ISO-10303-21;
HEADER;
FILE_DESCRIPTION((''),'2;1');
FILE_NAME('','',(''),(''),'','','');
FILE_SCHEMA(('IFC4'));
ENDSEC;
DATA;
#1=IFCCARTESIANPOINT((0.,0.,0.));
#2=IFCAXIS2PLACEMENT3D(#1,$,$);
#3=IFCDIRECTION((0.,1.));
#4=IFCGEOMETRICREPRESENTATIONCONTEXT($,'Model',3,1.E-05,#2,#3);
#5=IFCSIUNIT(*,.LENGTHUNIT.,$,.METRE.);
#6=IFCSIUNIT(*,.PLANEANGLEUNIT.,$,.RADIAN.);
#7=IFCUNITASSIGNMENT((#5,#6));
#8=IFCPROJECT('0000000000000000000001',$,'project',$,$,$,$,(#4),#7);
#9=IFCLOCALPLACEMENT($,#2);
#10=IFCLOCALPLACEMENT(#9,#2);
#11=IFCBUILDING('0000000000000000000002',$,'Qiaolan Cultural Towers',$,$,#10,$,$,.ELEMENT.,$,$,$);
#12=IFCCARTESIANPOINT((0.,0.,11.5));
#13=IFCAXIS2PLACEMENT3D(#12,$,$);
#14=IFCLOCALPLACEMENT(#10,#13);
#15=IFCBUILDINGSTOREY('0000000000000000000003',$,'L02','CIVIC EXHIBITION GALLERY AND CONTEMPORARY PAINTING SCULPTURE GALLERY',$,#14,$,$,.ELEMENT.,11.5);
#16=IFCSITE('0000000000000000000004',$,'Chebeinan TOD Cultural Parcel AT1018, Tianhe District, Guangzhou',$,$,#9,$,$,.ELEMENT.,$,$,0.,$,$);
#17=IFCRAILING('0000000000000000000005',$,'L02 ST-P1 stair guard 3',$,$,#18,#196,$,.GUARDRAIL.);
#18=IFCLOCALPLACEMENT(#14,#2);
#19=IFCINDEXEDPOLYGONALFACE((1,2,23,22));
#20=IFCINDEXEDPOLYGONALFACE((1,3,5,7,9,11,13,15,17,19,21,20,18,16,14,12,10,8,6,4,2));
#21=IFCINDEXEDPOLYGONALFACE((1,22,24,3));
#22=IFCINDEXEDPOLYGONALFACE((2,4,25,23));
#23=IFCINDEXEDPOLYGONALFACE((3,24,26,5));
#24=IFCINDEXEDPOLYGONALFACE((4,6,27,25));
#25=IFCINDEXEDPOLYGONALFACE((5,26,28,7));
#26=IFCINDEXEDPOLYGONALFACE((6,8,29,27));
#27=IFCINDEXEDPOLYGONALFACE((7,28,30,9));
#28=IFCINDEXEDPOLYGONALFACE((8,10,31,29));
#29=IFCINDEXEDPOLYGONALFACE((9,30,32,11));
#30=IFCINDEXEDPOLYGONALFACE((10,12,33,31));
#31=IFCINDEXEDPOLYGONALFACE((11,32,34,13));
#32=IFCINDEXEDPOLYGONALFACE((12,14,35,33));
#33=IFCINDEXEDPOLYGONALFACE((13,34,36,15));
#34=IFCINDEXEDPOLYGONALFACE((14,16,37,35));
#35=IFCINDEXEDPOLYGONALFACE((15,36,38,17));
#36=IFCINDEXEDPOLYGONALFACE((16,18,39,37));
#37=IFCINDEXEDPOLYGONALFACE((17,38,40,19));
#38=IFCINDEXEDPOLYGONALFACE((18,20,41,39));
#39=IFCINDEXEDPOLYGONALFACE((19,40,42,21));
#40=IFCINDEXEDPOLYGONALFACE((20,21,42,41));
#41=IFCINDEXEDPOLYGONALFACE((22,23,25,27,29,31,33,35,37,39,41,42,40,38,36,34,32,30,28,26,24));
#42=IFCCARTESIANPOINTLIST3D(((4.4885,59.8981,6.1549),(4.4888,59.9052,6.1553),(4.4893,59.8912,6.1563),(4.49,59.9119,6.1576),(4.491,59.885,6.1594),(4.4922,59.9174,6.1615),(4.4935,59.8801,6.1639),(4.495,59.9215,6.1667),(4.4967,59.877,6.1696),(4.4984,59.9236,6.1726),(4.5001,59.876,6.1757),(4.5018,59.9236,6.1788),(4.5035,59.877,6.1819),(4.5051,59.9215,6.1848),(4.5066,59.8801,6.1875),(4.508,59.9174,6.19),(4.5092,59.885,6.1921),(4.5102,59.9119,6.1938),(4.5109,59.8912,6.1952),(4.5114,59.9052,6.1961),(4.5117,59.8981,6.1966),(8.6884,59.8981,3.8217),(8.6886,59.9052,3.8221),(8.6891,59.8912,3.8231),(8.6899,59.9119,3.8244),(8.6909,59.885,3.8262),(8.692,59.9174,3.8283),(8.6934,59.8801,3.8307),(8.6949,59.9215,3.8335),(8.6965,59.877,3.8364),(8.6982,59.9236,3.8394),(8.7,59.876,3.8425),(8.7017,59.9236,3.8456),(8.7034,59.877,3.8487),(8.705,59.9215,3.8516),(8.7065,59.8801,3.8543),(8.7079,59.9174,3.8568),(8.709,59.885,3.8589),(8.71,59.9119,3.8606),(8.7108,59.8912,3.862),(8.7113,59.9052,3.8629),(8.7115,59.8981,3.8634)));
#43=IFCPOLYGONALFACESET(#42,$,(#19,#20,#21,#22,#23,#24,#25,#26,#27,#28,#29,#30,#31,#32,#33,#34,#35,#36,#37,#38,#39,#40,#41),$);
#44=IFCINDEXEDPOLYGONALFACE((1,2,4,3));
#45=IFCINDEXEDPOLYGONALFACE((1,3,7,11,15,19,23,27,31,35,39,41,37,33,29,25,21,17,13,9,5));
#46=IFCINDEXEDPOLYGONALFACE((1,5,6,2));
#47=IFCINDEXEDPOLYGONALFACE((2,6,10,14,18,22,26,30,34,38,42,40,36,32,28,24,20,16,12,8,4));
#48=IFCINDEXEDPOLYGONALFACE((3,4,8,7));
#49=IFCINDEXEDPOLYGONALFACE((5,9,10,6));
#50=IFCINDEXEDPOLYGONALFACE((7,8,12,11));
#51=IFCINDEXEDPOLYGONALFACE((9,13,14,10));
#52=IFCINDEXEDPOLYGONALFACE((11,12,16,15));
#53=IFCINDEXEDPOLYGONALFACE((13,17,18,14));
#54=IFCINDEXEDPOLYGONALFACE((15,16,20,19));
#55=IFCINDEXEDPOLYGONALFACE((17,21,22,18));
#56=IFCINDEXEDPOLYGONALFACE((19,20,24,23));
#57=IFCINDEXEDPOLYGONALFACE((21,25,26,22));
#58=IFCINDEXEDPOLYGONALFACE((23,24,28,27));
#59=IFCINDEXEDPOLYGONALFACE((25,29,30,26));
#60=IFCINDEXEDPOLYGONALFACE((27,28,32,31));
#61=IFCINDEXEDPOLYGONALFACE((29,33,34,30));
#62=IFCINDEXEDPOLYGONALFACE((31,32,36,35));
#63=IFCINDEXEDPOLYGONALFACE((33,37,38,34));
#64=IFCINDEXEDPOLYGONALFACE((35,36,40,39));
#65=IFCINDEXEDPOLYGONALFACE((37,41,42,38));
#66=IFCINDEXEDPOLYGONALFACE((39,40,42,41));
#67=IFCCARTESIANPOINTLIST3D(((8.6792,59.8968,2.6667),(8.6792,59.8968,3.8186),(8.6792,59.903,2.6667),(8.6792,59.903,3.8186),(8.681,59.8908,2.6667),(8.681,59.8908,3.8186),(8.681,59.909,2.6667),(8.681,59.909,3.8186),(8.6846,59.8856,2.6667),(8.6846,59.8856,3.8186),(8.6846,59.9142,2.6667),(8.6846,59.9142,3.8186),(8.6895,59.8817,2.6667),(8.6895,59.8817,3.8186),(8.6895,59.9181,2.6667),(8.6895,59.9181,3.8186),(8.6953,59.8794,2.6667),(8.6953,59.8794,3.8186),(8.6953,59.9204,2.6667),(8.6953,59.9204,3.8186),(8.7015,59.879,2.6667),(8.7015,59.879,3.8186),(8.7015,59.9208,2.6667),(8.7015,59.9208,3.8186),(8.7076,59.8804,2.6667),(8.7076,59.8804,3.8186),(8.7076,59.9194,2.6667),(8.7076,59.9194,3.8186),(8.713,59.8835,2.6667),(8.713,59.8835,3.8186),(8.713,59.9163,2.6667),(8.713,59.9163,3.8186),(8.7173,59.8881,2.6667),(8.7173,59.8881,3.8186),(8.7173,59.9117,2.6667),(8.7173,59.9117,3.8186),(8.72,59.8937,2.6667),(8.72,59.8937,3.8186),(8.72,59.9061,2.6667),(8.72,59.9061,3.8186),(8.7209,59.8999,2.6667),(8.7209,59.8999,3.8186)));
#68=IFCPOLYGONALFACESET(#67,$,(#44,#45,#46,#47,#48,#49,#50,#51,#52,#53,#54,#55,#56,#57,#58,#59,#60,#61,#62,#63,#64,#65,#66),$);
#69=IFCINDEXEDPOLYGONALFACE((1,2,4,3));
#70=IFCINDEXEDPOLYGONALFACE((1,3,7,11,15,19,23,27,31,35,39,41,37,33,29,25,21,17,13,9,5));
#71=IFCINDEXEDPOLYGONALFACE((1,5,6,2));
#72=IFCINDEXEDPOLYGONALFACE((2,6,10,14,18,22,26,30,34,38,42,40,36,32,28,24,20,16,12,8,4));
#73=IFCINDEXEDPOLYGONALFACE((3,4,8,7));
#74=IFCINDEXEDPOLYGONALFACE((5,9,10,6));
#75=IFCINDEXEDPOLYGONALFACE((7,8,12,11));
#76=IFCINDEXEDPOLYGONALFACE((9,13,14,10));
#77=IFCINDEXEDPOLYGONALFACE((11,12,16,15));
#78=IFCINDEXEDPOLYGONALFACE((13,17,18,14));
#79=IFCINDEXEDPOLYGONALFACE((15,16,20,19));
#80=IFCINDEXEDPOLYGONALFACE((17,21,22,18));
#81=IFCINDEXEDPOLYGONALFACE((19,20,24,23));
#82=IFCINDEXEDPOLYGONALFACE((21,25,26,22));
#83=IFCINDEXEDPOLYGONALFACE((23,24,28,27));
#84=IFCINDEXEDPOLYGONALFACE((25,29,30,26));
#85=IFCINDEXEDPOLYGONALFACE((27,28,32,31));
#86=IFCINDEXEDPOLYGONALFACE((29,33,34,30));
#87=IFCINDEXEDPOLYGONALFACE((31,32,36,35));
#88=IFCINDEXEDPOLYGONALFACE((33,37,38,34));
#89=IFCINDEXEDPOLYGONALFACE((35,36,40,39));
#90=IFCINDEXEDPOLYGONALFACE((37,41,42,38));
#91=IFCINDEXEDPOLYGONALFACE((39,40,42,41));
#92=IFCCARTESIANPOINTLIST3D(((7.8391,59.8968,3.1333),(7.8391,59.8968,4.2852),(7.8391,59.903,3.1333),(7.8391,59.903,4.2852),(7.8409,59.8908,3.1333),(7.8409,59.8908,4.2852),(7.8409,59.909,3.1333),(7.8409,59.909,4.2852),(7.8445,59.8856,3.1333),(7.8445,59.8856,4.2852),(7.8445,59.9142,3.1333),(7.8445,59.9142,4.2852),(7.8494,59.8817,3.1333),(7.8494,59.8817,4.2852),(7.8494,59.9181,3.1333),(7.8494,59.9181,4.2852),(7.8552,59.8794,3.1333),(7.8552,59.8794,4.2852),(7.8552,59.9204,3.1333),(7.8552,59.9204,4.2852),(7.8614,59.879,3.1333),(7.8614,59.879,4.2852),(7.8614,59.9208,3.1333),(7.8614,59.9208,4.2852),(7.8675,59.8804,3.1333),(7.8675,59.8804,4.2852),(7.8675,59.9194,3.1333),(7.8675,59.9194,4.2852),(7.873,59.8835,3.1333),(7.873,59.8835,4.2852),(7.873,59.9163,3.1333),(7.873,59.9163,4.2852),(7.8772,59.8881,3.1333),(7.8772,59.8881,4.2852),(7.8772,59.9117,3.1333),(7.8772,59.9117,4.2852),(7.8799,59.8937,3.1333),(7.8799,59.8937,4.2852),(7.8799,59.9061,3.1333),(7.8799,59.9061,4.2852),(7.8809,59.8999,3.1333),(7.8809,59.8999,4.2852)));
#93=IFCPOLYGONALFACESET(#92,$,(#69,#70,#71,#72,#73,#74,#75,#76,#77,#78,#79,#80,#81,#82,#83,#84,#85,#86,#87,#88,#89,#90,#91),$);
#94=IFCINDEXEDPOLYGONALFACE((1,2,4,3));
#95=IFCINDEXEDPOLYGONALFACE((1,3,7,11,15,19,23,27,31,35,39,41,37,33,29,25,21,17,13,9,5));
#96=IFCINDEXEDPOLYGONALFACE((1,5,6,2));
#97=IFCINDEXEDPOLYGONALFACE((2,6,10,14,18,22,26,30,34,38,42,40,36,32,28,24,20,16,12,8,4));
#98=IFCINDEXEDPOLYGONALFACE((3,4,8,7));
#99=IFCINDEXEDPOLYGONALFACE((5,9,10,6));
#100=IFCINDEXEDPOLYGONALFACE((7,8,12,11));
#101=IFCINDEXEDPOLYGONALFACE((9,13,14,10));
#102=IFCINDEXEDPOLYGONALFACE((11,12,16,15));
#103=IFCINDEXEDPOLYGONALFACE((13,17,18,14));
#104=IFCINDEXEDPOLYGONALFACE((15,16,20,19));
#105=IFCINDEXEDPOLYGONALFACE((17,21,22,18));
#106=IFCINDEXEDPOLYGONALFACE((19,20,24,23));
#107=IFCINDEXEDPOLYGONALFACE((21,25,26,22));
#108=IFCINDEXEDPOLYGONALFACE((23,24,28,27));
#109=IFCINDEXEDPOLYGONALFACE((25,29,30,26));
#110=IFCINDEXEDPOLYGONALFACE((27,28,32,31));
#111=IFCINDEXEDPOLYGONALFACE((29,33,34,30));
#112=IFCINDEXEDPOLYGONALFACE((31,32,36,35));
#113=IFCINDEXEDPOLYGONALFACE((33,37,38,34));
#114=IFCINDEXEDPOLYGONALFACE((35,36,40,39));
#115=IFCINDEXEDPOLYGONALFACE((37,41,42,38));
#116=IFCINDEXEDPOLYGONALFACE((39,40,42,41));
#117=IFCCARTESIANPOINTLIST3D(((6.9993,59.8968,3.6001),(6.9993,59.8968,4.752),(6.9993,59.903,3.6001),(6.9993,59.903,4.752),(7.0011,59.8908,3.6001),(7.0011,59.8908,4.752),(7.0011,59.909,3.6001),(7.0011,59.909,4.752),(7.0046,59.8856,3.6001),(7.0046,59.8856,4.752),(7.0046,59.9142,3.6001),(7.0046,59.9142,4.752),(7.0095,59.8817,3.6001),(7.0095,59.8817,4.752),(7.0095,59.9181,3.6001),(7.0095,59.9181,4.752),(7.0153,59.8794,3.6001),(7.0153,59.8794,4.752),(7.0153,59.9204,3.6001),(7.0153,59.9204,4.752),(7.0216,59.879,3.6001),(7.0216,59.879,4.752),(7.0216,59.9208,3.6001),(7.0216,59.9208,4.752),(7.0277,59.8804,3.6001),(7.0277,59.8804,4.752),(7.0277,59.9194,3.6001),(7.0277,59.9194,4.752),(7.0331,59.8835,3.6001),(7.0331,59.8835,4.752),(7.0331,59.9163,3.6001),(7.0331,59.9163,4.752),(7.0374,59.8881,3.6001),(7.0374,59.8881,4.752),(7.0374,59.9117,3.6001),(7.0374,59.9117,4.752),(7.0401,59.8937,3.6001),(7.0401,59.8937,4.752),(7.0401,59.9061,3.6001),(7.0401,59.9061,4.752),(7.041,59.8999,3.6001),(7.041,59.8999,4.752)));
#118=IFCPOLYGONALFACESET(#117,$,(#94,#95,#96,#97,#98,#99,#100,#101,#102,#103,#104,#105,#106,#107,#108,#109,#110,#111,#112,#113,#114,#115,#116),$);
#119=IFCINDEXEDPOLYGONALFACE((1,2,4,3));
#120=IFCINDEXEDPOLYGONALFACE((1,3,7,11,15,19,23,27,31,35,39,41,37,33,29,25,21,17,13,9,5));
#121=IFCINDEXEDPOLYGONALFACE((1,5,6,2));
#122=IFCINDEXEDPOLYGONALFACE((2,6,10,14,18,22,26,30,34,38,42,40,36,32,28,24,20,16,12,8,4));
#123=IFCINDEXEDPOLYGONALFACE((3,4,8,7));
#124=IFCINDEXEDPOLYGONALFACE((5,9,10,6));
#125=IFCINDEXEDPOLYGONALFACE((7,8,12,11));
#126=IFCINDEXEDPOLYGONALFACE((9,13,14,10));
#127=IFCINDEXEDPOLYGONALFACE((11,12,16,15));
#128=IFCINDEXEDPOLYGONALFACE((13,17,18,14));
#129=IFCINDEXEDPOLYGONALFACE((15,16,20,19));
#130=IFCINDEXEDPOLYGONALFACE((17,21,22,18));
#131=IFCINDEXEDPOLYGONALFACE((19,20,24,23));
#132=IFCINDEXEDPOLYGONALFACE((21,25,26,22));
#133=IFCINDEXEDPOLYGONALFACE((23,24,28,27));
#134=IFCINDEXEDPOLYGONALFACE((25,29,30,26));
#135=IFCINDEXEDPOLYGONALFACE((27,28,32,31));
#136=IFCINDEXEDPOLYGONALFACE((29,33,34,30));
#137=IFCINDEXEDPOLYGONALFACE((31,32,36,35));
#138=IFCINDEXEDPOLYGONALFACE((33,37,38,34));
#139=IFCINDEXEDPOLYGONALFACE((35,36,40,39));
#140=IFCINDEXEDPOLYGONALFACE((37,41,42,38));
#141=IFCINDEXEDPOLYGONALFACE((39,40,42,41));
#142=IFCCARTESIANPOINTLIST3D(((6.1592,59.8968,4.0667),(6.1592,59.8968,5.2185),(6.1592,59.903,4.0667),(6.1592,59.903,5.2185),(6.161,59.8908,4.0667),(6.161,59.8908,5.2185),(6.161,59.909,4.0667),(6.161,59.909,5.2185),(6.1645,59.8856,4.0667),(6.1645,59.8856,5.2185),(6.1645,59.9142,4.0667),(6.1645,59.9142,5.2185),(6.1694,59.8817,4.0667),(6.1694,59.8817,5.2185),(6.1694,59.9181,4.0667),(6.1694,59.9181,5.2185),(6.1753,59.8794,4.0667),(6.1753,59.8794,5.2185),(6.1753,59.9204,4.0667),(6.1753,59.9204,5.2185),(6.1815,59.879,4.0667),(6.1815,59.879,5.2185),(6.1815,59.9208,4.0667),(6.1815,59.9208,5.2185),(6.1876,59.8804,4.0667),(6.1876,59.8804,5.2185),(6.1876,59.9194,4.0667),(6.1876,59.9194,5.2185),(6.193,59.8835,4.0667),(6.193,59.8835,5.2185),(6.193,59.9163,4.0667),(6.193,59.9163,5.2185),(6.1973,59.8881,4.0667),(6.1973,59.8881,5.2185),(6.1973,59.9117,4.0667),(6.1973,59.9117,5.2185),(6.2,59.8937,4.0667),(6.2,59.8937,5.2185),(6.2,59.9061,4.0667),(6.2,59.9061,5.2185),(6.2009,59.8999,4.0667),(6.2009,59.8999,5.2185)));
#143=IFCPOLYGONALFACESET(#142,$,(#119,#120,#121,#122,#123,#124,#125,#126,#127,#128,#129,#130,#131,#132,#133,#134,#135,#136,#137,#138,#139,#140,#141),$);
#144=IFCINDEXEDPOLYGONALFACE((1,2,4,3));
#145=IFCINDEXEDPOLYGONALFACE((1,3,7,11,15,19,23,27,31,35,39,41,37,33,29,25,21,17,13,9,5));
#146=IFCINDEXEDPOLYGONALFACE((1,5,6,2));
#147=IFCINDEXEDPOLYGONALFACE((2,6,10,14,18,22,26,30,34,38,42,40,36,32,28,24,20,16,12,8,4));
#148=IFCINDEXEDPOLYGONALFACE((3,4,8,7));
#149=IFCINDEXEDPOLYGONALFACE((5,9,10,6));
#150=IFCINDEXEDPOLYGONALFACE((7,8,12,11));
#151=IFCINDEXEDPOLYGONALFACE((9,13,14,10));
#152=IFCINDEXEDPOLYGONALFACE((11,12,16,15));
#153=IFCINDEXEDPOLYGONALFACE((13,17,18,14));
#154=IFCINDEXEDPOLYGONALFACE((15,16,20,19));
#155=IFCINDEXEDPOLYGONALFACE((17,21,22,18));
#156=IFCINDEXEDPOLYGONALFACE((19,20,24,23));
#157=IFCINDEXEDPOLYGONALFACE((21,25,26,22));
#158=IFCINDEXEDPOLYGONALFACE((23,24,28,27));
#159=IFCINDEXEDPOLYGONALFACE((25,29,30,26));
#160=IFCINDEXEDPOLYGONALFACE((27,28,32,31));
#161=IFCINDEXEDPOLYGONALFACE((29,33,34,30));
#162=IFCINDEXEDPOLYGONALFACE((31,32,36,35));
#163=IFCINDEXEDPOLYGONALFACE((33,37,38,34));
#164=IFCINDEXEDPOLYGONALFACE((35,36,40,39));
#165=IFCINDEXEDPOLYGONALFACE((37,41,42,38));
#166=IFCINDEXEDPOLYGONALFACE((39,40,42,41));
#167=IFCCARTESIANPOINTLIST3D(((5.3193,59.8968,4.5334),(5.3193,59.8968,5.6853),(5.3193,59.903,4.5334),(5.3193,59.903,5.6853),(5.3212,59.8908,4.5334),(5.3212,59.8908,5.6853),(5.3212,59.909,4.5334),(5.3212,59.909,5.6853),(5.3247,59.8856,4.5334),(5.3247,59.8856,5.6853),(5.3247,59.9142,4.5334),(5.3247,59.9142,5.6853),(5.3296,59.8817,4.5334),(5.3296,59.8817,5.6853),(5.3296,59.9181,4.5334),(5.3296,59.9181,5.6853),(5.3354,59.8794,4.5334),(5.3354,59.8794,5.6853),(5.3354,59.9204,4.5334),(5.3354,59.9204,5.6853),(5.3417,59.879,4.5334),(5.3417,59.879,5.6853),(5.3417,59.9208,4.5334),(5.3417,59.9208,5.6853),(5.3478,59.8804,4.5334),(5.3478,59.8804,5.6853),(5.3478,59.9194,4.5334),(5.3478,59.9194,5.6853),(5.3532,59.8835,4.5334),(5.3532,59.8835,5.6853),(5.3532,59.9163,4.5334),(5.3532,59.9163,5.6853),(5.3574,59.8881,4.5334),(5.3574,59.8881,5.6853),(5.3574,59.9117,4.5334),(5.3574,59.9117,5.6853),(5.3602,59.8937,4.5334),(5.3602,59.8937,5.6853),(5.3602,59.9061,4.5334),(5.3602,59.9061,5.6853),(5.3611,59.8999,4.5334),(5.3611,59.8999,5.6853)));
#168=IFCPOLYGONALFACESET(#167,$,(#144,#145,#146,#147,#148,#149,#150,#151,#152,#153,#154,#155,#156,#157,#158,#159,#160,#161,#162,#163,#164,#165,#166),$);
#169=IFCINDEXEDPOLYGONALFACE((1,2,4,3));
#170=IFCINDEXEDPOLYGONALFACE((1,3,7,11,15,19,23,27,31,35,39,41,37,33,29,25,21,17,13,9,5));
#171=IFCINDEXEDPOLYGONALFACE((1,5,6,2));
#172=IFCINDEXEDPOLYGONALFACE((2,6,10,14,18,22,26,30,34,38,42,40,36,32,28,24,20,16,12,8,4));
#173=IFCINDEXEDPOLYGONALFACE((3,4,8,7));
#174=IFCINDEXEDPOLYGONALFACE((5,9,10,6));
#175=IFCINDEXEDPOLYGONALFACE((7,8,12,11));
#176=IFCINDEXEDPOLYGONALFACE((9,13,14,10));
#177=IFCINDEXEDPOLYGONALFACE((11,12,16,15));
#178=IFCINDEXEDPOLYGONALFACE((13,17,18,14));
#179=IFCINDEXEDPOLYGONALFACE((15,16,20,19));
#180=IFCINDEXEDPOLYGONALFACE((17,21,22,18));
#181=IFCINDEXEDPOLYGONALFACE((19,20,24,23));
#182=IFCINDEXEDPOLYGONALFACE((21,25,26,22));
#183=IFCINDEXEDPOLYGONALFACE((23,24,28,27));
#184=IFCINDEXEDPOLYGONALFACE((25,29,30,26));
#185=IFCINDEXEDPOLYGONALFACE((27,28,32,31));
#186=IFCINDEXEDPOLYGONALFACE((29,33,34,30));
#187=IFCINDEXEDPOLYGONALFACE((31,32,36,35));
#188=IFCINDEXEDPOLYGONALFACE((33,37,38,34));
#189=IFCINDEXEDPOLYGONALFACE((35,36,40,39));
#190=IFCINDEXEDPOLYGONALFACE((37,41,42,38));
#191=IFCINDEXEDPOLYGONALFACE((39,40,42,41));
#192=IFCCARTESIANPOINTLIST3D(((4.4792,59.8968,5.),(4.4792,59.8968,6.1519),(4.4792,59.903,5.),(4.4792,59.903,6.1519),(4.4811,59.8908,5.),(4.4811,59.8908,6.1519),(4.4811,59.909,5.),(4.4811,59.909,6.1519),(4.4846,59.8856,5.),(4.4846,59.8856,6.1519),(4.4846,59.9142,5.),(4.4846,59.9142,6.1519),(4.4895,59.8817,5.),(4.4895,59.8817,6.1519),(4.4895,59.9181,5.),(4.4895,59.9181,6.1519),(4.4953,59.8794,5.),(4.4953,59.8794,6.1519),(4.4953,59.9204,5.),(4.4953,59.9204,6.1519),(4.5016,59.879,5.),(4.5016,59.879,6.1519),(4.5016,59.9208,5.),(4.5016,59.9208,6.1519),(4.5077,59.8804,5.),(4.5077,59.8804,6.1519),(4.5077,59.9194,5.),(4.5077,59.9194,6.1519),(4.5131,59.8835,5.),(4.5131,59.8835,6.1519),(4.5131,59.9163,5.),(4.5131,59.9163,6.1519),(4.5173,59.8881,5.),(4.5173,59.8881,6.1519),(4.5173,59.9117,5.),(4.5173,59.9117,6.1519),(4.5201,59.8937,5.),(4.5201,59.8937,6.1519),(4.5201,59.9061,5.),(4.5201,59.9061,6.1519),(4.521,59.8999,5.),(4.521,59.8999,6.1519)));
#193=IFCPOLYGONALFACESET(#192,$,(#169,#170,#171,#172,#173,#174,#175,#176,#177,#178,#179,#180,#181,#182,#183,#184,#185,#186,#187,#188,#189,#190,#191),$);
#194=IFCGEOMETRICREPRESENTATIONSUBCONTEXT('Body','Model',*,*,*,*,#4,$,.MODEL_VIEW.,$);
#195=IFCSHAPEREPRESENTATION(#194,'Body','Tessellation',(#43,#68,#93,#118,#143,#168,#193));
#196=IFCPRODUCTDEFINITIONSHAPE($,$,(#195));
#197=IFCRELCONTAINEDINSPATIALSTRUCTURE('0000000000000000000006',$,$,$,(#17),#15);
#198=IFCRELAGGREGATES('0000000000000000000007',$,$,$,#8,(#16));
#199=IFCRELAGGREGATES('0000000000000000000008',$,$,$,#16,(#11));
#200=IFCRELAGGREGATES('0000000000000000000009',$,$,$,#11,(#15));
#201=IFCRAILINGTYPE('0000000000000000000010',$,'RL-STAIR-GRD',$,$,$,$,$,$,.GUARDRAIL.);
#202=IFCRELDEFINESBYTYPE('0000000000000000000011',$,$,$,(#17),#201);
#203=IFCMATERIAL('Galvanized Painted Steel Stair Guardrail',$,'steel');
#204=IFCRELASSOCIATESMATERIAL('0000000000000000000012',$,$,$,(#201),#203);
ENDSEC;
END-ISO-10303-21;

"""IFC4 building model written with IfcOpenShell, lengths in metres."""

from ifc_helpers import new_model, si_unit, direction, frame, origin, origin_2d, place, context, subcontext, project, spatial, circle, extrude, material, type_object, element, save


model = new_model("IFC4")

# Units and contexts
model_context = context("Model", 3, precision=1e-05, world=origin(), true_north=direction((0.0, 1.0)))
body_context = subcontext(model_context, "Body", "Model", "MODEL_VIEW")
ifc_project = project(units=[si_unit("LENGTHUNIT", "METRE"), si_unit("PLANEANGLEUNIT", "RADIAN")], contexts=[model_context])

# Site, building, storey
site_placement = place(None, origin())
site = spatial("IfcSite", under=ifc_project, at=site_placement, Name="Chebeinan TOD Cultural Parcel AT1018, Tianhe District, Guangzhou", CompositionType="ELEMENT", RefElevation=0.0)
building_placement = place(site_placement, origin())
building = spatial("IfcBuilding", under=site, at=building_placement, Name="Qiaolan Cultural Towers", CompositionType="ELEMENT")
storey_placement = place(building_placement, frame((0.0, 0.0, 11.5)))
storey = spatial("IfcBuildingStorey", under=building, at=storey_placement, Name="L02", Description="CIVIC EXHIBITION GALLERY AND CONTEMPORARY PAINTING SCULPTURE GALLERY", CompositionType="ELEMENT", Elevation=11.5)

# Railing
ifc_material_1 = material(Name="Galvanized Painted Steel Stair Guardrail", Category="steel")
railing_type_1 = type_object("IfcRailingType", Name="RL-STAIR-GRD", PredefinedType="GUARDRAIL", material=ifc_material_1)
railing_1_placement = place(storey_placement, frame((8.7, 59.8999, 2.6667)))
element("IfcRailing", 1, at=railing_1_placement, inside=storey, type_object=railing_type_1, Name="L02 ST-P1 stair guard 3", PredefinedType="GUARDRAIL", context=body_context, shape_type="SweptSolid", body=[
    extrude(circle(Radius=0.0239, at=origin_2d()), frame((0.0, 0.0, 1.1758), z_axis=(-0.874162, 0.0, 0.485634), x_axis=(0.0, -1.0, 0.0)), (0.0, 0.0, 1.0), 4.8044),
    extrude(circle(Radius=0.021, at=origin_2d()), origin(), (0.0, 0.0, 1.0), 1.1519),
    extrude(circle(Radius=0.021, at=origin_2d()), frame((-0.8401, 0.0, 0.4666)), (0.0, 0.0, 1.0), 1.1519),
    extrude(circle(Radius=0.021, at=origin_2d()), frame((-1.6799, 0.0, 0.9333)), (0.0, 0.0, 1.0), 1.1519),
    extrude(circle(Radius=0.021, at=origin_2d()), frame((-2.52, 0.0, 1.3999)), (0.0, 0.0, 1.0), 1.1519),
    extrude(circle(Radius=0.021, at=origin_2d()), frame((-3.3599, 0.0, 1.8667)), (0.0, 0.0, 1.0), 1.1519),
    extrude(circle(Radius=0.021, at=origin_2d()), frame((-4.2, 0.0, 2.3333)), (0.0, 0.0, 1.0), 1.1519),
])

save(model, "model.ifc")
